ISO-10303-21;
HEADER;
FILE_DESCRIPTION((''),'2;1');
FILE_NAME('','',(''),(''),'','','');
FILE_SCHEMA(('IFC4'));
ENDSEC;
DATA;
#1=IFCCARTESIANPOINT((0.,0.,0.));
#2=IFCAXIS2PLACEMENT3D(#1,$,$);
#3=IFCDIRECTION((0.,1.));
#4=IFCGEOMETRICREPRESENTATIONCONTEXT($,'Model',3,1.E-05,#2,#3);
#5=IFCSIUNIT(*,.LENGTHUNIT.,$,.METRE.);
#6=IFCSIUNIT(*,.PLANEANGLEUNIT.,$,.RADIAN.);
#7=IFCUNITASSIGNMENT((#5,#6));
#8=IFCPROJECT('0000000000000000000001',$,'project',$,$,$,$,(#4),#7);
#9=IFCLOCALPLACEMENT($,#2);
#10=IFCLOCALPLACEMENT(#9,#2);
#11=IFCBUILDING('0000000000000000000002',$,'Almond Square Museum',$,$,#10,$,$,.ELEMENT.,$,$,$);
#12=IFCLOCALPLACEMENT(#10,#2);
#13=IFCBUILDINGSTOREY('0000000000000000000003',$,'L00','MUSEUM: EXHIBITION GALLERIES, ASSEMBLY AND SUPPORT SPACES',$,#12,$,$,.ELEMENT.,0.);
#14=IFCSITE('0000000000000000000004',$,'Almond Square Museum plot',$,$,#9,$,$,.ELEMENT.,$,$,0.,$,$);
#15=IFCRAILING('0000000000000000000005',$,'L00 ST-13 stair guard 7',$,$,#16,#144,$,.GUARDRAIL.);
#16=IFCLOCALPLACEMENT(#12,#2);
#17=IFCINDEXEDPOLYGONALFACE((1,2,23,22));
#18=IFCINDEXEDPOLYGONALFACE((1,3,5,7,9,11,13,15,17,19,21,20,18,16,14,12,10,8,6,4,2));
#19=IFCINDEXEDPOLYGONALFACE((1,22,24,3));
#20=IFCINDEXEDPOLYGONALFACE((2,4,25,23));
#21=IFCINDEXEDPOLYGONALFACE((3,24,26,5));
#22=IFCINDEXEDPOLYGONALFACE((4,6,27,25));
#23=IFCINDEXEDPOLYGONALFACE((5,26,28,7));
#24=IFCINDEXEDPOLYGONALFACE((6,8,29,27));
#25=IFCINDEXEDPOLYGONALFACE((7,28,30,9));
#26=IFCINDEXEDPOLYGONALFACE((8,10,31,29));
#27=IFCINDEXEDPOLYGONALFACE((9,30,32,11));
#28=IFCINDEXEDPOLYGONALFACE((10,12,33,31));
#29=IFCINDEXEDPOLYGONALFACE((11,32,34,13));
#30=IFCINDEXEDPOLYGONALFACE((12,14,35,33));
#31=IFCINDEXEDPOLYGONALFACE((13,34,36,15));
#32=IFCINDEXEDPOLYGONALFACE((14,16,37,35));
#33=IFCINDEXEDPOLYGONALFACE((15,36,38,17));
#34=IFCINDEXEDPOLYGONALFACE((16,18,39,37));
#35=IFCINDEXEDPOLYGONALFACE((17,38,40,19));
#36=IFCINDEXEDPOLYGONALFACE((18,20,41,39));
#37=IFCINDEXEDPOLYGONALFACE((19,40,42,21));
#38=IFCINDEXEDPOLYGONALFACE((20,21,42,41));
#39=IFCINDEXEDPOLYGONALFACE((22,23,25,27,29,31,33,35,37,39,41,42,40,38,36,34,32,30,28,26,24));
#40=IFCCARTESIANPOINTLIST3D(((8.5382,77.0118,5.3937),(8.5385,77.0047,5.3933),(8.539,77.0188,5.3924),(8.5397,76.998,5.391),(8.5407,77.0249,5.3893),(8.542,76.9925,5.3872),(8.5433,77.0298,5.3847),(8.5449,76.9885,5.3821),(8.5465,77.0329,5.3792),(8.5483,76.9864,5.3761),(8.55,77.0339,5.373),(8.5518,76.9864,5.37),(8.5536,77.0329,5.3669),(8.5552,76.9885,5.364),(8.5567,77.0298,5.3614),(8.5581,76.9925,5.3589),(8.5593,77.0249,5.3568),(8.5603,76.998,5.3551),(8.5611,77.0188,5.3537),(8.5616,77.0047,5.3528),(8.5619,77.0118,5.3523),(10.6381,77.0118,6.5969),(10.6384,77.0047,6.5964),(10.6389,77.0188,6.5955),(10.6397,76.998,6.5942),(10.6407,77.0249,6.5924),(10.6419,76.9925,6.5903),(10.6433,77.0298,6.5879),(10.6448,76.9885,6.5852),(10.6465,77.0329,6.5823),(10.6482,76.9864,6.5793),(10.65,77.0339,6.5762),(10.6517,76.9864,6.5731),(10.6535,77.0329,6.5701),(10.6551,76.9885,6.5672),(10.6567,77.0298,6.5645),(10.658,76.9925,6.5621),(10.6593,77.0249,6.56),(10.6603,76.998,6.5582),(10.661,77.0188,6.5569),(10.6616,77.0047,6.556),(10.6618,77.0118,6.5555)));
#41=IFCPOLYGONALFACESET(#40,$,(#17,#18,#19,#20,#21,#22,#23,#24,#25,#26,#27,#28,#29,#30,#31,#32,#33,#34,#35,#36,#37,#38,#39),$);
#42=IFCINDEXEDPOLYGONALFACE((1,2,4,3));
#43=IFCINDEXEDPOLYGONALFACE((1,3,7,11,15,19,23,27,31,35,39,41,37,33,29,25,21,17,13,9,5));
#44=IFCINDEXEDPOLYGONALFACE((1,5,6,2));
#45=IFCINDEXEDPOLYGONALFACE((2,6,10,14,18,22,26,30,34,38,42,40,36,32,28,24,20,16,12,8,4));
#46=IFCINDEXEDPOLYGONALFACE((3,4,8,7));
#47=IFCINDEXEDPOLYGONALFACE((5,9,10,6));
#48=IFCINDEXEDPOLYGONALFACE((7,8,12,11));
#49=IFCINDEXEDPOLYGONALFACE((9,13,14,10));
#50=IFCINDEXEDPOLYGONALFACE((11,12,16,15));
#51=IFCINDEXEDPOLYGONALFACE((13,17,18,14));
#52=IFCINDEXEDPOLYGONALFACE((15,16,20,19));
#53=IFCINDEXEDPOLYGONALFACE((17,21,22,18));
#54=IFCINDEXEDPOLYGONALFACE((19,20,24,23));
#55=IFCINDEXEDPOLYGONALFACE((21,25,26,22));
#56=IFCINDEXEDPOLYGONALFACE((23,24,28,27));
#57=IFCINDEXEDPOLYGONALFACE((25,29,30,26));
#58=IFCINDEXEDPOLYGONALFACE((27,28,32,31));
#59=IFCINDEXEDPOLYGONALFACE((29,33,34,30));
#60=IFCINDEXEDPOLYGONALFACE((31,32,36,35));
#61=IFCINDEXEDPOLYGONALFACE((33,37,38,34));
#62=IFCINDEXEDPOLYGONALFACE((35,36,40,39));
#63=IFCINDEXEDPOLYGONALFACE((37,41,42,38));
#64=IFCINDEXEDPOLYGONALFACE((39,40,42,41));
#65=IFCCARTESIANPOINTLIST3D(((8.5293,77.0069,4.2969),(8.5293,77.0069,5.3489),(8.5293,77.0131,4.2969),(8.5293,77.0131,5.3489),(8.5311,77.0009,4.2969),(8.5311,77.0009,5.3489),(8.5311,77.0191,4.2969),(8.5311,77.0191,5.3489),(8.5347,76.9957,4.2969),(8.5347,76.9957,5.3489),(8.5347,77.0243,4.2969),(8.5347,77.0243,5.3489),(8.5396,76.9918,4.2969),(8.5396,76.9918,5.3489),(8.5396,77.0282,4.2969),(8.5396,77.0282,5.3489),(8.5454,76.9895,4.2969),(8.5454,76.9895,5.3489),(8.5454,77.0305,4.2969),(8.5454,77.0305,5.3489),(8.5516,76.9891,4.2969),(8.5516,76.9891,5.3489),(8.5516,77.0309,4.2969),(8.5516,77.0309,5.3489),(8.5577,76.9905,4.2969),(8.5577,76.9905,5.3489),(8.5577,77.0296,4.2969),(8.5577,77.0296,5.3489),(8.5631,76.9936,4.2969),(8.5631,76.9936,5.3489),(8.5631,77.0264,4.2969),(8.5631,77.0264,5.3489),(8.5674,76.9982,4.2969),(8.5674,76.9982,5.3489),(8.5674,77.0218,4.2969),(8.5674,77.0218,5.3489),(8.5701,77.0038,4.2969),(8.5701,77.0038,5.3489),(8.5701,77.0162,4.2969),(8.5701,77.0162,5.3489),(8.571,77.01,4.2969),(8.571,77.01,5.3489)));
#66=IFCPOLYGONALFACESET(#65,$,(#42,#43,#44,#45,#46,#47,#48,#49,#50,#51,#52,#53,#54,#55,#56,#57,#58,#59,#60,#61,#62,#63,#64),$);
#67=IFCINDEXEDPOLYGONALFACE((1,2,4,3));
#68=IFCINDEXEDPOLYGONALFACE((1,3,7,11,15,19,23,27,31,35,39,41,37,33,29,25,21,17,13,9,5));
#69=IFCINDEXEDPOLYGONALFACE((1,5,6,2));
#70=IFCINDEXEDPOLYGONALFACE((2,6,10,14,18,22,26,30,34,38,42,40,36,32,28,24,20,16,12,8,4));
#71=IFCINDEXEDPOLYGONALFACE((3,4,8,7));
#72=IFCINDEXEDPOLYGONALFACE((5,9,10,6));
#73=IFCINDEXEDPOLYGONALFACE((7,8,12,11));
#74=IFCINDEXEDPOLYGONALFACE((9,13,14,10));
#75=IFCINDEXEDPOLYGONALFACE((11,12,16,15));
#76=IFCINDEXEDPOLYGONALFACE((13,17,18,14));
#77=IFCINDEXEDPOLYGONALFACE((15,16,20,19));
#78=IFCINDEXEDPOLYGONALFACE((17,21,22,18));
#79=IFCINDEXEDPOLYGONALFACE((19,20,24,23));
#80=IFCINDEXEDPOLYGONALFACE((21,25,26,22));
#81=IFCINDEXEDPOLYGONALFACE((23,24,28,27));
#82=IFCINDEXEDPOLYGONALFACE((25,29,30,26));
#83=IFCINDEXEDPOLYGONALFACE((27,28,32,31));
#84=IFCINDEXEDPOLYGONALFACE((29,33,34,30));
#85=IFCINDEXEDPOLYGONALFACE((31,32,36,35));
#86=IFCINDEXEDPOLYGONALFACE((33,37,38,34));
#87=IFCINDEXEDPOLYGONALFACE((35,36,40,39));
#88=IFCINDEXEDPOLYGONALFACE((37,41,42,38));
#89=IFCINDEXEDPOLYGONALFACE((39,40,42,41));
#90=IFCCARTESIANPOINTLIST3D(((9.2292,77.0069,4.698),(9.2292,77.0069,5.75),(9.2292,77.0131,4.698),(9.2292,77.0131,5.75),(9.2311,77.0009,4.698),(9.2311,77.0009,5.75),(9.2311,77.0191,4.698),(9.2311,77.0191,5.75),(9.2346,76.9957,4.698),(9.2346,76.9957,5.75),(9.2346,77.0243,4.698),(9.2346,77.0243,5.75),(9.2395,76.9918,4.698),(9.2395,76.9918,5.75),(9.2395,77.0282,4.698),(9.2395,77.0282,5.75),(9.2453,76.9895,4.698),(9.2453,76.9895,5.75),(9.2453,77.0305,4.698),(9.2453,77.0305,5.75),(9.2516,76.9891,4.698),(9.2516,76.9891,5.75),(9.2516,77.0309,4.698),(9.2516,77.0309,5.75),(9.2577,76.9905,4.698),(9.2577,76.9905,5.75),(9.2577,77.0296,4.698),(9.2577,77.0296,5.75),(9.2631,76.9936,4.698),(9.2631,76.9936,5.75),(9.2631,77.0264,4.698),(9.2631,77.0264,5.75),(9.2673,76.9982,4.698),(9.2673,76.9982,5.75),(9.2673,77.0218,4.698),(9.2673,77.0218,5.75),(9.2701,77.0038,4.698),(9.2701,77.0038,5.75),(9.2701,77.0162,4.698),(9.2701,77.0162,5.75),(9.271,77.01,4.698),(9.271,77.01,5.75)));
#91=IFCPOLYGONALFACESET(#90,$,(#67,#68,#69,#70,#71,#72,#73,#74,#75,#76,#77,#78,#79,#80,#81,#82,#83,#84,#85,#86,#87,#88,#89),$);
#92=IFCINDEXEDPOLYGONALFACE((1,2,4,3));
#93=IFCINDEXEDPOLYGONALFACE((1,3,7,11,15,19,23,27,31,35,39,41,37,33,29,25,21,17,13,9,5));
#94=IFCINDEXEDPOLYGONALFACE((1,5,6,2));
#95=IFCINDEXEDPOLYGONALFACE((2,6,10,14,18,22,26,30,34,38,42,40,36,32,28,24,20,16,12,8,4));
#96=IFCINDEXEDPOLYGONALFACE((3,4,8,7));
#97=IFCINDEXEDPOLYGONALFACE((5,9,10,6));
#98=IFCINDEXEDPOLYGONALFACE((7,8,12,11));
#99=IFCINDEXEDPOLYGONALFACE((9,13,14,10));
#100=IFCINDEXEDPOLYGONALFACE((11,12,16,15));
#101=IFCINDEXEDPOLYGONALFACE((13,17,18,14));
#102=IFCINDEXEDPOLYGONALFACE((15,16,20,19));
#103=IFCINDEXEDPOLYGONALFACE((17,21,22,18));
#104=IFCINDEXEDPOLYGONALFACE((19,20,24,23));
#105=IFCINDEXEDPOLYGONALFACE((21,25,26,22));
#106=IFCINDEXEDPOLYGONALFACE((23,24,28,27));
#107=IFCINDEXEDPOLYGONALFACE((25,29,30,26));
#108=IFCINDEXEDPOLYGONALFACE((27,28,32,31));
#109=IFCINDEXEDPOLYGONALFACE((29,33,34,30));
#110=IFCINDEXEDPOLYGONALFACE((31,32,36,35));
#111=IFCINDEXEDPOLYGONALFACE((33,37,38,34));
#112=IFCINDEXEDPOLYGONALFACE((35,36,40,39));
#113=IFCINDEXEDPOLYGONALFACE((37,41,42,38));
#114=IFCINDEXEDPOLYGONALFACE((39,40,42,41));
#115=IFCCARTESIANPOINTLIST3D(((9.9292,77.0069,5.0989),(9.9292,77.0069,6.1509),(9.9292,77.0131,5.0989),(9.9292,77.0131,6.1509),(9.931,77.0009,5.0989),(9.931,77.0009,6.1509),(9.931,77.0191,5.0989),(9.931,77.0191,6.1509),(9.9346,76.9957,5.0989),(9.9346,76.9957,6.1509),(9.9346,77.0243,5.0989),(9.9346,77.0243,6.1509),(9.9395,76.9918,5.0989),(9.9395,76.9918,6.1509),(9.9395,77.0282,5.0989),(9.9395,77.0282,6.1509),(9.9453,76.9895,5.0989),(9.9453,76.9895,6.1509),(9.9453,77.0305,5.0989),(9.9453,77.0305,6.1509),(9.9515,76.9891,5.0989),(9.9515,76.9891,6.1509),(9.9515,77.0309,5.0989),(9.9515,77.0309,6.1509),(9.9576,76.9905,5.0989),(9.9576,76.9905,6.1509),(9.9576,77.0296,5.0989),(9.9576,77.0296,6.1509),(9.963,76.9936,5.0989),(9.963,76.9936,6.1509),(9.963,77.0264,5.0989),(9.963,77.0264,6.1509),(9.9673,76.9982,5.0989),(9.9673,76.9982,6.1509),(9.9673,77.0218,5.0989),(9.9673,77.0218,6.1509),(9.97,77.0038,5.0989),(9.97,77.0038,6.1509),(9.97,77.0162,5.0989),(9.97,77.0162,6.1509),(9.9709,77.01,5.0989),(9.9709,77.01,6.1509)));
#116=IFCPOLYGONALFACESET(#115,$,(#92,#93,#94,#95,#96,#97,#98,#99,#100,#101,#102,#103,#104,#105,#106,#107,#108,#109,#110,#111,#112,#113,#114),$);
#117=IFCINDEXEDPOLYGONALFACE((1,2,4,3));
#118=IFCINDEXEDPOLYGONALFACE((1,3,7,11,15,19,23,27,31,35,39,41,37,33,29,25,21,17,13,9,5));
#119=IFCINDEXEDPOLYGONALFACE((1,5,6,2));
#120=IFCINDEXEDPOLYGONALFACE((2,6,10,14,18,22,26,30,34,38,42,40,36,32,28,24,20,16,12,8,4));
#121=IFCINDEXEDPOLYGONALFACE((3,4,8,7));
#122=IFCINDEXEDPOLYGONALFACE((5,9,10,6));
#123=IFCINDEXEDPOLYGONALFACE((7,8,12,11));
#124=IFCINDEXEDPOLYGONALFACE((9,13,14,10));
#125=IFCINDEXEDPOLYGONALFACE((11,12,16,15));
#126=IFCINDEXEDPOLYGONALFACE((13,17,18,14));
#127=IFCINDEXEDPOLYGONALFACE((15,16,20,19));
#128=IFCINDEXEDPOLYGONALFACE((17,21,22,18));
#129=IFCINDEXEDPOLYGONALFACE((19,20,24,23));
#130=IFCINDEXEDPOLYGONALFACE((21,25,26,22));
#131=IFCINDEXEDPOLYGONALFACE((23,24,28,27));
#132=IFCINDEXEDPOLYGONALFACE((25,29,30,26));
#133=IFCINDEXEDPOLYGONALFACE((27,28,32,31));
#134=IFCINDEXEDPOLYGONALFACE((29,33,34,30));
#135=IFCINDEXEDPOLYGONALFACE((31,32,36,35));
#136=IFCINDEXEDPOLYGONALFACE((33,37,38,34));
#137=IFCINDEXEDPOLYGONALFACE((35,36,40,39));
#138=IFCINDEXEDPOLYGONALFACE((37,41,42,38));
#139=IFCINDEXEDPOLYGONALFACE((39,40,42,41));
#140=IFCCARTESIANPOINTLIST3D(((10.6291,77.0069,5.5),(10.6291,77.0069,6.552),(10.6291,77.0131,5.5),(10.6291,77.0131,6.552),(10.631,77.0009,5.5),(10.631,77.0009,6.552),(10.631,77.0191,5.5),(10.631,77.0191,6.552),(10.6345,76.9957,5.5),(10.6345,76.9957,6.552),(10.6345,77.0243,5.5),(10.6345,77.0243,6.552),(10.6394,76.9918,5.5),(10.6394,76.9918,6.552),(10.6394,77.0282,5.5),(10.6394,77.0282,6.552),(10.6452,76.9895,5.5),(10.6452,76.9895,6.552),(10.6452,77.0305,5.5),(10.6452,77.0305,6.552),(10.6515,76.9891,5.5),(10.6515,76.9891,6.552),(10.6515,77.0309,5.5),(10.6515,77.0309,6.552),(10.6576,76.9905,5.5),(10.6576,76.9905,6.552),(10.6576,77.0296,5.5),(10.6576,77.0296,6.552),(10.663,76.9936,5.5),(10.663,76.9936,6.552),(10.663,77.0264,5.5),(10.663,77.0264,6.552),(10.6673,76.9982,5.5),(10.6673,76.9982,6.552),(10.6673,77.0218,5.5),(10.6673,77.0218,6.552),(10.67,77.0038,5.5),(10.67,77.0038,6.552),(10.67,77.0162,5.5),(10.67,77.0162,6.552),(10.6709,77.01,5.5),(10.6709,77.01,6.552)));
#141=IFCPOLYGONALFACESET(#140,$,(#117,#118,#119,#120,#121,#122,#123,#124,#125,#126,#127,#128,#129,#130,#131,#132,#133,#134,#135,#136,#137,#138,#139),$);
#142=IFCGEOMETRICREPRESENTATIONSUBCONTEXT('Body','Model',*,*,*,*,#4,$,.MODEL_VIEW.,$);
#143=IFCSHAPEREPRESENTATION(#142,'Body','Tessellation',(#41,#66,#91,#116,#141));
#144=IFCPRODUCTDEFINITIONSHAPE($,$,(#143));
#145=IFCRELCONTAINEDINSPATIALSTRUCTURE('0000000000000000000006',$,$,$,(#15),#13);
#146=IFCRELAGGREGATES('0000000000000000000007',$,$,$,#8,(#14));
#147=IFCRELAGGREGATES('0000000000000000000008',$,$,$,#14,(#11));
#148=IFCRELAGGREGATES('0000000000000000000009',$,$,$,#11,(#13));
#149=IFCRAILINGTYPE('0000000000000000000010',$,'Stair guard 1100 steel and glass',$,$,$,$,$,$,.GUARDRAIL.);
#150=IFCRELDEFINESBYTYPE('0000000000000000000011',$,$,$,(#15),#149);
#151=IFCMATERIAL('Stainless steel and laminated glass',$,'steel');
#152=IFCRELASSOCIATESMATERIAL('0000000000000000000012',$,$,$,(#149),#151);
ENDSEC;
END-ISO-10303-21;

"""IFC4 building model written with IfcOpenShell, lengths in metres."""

from ifc_helpers import new_model, si_unit, direction, frame, origin, origin_2d, place, context, subcontext, project, spatial, circle, extrude, material, type_object, element, save


model = new_model("IFC4")

# Units and contexts
model_context = context("Model", 3, precision=1e-05, world=origin(), true_north=direction((0.0, 1.0)))
body_context = subcontext(model_context, "Body", "Model", "MODEL_VIEW")
ifc_project = project(units=[si_unit("LENGTHUNIT", "METRE"), si_unit("PLANEANGLEUNIT", "RADIAN")], contexts=[model_context])

# Site, building, storey
site_placement = place(None, origin())
site = spatial("IfcSite", under=ifc_project, at=site_placement, Name="Almond Square Museum plot", CompositionType="ELEMENT", RefElevation=0.0)
building_placement = place(site_placement, origin())
building = spatial("IfcBuilding", under=site, at=building_placement, Name="Almond Square Museum", CompositionType="ELEMENT")
storey_placement = place(building_placement, origin())
storey = spatial("IfcBuildingStorey", under=building, at=storey_placement, Name="L00", Description="MUSEUM: EXHIBITION GALLERIES, ASSEMBLY AND SUPPORT SPACES", CompositionType="ELEMENT", Elevation=0.0)

# Railing
ifc_material_1 = material(Name="Stainless steel and laminated glass", Category="steel")
railing_type_1 = type_object("IfcRailingType", Name="Stair guard 1100 steel and glass", PredefinedType="GUARDRAIL", material=ifc_material_1)
for number, where, name in (
    (1, (8.55, 77.01, 4.2969), "L00 ST-13 stair guard 7"),
):
    element("IfcRailing", number, at=place(storey_placement, frame(where)), inside=storey, type_object=railing_type_1, Name=name, PredefinedType="GUARDRAIL", context=body_context, shape_type="SweptSolid", body=[
        extrude(circle(Radius=0.0239, at=origin_2d()), frame((0.0, 0.0, 1.0762), z_axis=(0.867671, 0.0, 0.497138), x_axis=(0.0, 1.0, 0.0)), (0.0, 0.0, 1.0), 2.4202),
        extrude(circle(Radius=0.021, at=origin_2d()), origin(), (0.0, 0.0, 1.0), 1.052),
        extrude(circle(Radius=0.021, at=origin_2d()), frame((0.7, 0.0, 0.4011)), (0.0, 0.0, 1.0), 1.052),
        extrude(circle(Radius=0.021, at=origin_2d()), frame((1.3999, 0.0, 0.802)), (0.0, 0.0, 1.0), 1.052),
        extrude(circle(Radius=0.021, at=origin_2d()), frame((2.0999, 0.0, 1.2031)), (0.0, 0.0, 1.0), 1.052),
    ])

save(model, "model.ifc")
